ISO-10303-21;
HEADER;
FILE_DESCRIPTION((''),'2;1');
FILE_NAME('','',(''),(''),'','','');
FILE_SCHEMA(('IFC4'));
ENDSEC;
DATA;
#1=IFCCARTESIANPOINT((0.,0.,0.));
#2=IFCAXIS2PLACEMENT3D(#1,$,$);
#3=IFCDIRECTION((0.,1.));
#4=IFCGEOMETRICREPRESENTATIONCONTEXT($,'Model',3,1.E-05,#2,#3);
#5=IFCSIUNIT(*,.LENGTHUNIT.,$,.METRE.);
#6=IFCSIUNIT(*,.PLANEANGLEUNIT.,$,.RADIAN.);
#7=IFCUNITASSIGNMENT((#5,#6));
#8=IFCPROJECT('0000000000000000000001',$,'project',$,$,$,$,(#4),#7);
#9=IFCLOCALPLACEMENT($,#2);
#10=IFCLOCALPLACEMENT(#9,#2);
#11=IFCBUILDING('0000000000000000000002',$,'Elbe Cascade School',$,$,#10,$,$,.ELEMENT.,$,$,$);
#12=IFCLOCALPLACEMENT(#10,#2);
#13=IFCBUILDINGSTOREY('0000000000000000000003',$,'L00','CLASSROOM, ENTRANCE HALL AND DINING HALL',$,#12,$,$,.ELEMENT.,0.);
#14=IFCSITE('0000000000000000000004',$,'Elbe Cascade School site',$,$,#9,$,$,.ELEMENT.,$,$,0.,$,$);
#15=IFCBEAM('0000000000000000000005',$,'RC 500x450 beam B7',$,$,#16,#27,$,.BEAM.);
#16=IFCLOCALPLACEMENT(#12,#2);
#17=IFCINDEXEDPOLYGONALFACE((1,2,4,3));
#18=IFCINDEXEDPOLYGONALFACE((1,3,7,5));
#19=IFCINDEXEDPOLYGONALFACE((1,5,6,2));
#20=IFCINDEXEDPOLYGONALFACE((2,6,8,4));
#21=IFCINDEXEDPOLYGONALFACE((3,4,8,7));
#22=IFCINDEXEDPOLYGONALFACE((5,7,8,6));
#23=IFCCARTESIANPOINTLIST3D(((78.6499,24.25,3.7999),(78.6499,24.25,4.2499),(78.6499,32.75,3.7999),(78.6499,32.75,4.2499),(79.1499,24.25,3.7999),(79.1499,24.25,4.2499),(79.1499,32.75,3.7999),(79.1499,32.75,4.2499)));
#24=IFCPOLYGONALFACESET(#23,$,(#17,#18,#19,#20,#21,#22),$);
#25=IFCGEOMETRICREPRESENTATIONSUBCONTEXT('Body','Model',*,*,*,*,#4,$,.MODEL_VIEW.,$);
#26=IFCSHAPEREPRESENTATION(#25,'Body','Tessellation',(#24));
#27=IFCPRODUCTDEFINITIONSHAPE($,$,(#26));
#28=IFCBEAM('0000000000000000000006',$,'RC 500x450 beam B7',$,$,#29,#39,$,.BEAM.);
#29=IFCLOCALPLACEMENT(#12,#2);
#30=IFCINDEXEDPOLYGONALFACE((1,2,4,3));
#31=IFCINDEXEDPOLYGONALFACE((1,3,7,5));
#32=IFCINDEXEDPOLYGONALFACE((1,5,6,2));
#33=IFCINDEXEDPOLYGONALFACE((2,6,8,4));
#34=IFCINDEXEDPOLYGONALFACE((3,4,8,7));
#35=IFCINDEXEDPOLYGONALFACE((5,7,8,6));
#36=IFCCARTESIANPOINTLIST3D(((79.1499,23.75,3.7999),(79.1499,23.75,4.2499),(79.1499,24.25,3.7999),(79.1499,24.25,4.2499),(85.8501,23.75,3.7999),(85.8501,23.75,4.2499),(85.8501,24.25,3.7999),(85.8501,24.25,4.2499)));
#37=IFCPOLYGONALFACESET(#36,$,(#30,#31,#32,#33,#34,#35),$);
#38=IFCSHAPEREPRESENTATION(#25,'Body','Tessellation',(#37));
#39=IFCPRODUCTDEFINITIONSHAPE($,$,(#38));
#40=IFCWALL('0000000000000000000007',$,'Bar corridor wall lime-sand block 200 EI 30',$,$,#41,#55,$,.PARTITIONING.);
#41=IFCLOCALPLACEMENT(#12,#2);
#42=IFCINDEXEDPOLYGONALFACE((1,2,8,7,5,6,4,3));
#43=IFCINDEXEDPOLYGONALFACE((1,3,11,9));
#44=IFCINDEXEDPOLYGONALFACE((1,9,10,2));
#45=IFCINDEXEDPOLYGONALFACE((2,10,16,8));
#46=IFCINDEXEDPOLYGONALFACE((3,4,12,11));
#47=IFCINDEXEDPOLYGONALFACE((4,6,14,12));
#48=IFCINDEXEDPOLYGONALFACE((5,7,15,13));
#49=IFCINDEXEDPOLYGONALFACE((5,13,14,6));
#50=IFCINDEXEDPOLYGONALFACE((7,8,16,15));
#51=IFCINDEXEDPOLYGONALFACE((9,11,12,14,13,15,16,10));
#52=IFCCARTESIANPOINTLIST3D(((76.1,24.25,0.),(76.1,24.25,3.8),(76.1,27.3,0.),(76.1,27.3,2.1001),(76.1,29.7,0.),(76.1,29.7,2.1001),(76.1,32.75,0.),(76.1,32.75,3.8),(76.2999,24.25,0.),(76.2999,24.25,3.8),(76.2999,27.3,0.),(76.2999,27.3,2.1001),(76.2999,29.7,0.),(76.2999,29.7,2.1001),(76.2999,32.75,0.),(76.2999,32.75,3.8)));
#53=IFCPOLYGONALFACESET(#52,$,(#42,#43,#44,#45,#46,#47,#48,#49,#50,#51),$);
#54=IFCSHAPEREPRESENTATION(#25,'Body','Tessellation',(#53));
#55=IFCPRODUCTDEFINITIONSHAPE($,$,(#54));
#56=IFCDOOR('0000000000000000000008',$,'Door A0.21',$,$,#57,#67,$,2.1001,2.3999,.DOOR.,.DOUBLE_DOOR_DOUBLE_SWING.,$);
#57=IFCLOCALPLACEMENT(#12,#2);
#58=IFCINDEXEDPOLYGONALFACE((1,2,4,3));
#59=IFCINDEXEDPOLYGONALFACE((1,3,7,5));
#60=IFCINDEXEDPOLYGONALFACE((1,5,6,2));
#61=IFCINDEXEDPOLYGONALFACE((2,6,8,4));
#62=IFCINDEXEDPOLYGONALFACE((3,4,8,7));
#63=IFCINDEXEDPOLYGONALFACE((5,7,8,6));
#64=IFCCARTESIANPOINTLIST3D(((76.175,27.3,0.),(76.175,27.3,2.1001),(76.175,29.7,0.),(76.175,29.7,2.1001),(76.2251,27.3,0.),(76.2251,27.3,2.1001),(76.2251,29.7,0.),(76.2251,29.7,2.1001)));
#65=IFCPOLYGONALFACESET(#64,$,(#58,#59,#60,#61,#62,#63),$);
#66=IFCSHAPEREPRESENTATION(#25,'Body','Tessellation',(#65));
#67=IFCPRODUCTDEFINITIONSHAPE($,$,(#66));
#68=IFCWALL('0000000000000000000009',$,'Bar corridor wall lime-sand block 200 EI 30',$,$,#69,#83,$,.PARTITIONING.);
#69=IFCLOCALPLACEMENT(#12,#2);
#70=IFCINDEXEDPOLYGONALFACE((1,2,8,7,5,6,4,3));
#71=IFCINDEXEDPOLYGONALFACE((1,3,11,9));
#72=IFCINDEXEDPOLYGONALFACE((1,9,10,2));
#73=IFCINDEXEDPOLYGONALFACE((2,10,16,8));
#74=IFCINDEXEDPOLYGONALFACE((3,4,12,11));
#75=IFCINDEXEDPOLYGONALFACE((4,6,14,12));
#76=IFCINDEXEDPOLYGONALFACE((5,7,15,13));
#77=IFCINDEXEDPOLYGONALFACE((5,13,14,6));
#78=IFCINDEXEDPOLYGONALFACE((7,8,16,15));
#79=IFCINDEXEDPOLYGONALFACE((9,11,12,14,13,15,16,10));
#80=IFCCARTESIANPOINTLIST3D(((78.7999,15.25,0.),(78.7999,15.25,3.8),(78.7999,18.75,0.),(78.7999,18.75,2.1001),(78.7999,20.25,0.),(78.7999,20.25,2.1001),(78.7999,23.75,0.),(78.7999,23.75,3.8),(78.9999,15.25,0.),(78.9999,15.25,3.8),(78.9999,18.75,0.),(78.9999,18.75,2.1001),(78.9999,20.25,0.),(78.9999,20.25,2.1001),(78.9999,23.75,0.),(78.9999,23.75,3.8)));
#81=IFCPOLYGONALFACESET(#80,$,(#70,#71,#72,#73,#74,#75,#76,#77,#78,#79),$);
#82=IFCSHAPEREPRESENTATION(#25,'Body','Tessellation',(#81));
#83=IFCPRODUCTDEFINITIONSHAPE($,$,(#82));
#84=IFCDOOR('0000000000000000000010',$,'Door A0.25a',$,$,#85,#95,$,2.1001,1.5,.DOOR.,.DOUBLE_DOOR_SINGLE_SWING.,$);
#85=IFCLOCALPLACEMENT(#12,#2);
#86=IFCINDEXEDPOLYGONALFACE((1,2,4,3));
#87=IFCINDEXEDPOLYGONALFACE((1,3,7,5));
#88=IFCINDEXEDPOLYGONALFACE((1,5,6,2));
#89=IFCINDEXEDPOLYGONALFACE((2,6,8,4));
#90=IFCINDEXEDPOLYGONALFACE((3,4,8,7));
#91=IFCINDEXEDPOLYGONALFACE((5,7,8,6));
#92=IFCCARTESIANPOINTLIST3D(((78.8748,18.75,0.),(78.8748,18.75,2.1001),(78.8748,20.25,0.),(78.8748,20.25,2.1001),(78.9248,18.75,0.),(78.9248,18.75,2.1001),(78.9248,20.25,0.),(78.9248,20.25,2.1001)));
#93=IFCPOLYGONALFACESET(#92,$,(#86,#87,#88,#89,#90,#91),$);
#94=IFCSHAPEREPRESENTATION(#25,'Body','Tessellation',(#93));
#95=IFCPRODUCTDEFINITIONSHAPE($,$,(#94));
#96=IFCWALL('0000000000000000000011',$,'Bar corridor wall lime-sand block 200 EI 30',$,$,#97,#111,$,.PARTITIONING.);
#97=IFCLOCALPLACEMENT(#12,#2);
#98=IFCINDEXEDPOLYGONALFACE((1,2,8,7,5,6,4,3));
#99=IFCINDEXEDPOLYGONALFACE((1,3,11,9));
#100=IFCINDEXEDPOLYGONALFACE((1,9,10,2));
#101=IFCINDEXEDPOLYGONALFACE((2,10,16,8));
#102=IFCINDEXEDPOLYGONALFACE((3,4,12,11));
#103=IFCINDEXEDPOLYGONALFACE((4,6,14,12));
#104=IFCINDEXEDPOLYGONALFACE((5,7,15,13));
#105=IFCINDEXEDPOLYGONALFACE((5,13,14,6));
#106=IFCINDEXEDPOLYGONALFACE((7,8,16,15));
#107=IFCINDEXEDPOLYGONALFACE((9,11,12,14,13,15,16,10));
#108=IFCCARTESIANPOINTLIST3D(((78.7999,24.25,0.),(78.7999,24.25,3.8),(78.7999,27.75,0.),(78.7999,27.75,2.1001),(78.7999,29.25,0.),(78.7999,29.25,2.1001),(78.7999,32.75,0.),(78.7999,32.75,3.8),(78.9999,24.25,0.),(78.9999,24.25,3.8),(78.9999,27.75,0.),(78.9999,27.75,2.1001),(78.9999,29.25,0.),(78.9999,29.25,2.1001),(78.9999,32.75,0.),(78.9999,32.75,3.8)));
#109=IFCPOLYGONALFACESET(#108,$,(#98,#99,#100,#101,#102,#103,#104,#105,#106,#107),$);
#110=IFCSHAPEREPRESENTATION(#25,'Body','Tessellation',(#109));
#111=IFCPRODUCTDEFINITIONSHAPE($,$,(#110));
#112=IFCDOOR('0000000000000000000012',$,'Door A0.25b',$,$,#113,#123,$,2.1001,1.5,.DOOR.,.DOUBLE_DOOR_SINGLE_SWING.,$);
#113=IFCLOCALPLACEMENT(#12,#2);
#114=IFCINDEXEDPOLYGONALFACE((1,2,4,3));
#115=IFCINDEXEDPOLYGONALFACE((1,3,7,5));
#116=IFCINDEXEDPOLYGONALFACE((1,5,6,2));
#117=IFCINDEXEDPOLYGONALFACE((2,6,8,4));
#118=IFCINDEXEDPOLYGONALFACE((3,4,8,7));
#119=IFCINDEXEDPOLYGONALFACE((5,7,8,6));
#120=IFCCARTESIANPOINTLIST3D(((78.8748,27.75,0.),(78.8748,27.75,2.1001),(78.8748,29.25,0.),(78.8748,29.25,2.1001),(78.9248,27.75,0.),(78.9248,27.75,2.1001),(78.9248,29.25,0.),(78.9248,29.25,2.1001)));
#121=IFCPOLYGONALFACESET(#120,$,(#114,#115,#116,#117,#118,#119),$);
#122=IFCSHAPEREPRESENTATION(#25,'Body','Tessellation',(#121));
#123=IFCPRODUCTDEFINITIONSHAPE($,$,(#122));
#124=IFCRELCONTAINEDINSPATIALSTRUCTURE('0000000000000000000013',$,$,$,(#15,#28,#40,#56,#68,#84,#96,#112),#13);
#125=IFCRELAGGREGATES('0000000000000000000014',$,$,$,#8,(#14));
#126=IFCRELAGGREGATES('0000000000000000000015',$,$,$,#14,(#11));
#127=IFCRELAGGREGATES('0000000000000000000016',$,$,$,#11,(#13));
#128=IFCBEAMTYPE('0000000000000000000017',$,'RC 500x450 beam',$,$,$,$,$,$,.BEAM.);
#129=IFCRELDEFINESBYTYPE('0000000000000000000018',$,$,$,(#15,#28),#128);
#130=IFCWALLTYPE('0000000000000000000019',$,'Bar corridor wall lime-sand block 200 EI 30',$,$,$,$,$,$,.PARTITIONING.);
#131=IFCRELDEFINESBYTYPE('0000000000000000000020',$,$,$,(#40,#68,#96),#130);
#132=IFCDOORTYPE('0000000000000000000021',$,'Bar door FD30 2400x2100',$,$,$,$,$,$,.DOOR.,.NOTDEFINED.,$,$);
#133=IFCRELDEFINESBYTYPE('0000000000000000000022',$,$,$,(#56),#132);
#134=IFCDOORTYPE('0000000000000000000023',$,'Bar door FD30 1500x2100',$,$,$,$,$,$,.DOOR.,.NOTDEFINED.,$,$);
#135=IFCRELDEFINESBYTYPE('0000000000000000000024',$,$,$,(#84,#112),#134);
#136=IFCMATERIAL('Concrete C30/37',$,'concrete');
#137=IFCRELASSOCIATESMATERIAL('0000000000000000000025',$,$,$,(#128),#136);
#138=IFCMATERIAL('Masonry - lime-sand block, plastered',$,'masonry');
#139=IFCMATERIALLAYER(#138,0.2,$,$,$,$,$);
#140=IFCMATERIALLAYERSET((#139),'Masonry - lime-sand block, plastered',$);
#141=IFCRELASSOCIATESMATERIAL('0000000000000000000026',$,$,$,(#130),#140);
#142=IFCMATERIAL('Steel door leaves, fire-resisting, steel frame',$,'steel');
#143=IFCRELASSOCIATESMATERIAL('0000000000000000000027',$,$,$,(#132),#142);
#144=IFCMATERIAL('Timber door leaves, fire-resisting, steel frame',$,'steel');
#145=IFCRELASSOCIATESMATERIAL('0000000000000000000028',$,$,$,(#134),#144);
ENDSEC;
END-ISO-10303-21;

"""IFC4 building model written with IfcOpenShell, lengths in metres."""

from ifc_helpers import new_model, si_unit, direction, frame, frame_2d, origin, origin_2d, place, context, subcontext, project, spatial, rectangle, extrude, material, layer, layer_set, material_profile, profile_set, type_object, element, fill, save


model = new_model("IFC4")

# Units and contexts
model_context = context("Model", 3, precision=1e-05, world=origin(), true_north=direction((0.0, 1.0)))
body_context = subcontext(model_context, "Body", "Model", "MODEL_VIEW")
ifc_project = project(units=[si_unit("LENGTHUNIT", "METRE"), si_unit("PLANEANGLEUNIT", "RADIAN")], contexts=[model_context])

# Site, building, storey
site_placement = place(None, origin())
site = spatial("IfcSite", under=ifc_project, at=site_placement, Name="Elbe Cascade School site", CompositionType="ELEMENT", RefElevation=0.0)
building_placement = place(site_placement, origin())
building = spatial("IfcBuilding", under=site, at=building_placement, Name="Elbe Cascade School", CompositionType="ELEMENT")
storey_placement = place(building_placement, origin())
storey = spatial("IfcBuildingStorey", under=building, at=storey_placement, Name="L00", Description="CLASSROOM, ENTRANCE HALL AND DINING HALL", CompositionType="ELEMENT", Elevation=0.0)

# Beams
ifc_material_1 = material(Name="Concrete C30/37", Category="concrete")
ifc_material_profile_1 = material_profile(ifc_material_1, rectangle(XDim=0.5, YDim=0.45, at=origin_2d()), Name="RC 500x450")
ifc_profile_set_1 = profile_set([ifc_material_profile_1], Name="Concrete C30/37")
beam_type_1 = type_object("IfcBeamType", Name="RC 500x450 beam", PredefinedType="BEAM", material=ifc_profile_set_1)
for number, where, z_axis, x_axis, name in (
    (1, (78.8999, 24.25, 4.0249), (0.0, 1.0, 0.0), (-1.0, 0.0, 0.0), "RC 500x450 beam B7"),
):
    element("IfcBeam", number, at=place(storey_placement, frame(where, z_axis=z_axis, x_axis=x_axis)), inside=storey, type_object=beam_type_1, Name=name, PredefinedType="BEAM", context=body_context, shape_type="SweptSolid", body=[
        extrude(rectangle(XDim=0.5, YDim=0.45, at=origin_2d()), origin(), (0.0, 0.0, 1.0), 8.5),
    ])
beam_1_placement = place(storey_placement, frame((79.1499, 24.0, 4.0249), z_axis=(1.0, 0.0, 0.0), x_axis=(0.0, 1.0, 0.0)))
element("IfcBeam", 2, at=beam_1_placement, inside=storey, type_object=beam_type_1, Name="RC 500x450 beam B7", PredefinedType="BEAM", context=body_context, shape_type="SweptSolid", body=[
    extrude(rectangle(XDim=0.5, YDim=0.45, at=origin_2d()), origin(), (0.0, 0.0, 1.0), 6.7002),
])

# Walls, openings, doors
ifc_material_2 = material(Name="Masonry - lime-sand block, plastered", Category="masonry")
ifc_layer = layer(ifc_material_2, 0.2)
ifc_layer_set = layer_set([ifc_layer], Name="Masonry - lime-sand block, plastered")
wall_type = type_object("IfcWallType", Name="Bar corridor wall lime-sand block 200 EI 30", PredefinedType="PARTITIONING", material=ifc_layer_set)
wall_1_placement = place(storey_placement, frame((76.2, 24.25, 0.0), z_axis=(0.0, 0.0, 1.0), x_axis=(0.0, 1.0, 0.0)))
wall_1 = element("IfcWall", 3, at=wall_1_placement, inside=storey, type_object=wall_type, Name="Bar corridor wall lime-sand block 200 EI 30", PredefinedType="PARTITIONING", context=body_context, shape_type="SweptSolid", body=[
    extrude(rectangle(XDim=8.5, YDim=0.2, at=frame_2d((4.25, 0.0))), origin(), (0.0, 0.0, 1.0), 3.8),
])
opening_1_placement = place(wall_1_placement, frame((3.05, 0.0, 0.0)))
opening_1 = element("IfcOpeningElement", 4, at=opening_1_placement, cuts=wall_1, PredefinedType="OPENING", context=body_context, shape_type="SweptSolid", body=[
    extrude(rectangle(XDim=2.3999, YDim=2.1001, at=frame_2d((1.2, 1.05))), frame((0.0, 0.1099, 0.0), z_axis=(0.0, -1.0, 0.0), x_axis=(1.0, 0.0, 0.0)), (0.0, 0.0, 1.0), 0.22),
])
ifc_material_3 = material(Name="Steel door leaves, fire-resisting, steel frame", Category="steel")
door_type_1 = type_object("IfcDoorType", Name="Bar door FD30 2400x2100", OperationType="NOTDEFINED", PredefinedType="DOOR", material=ifc_material_3)
door_1_placement = place(opening_1_placement, origin())
door_1 = element("IfcDoor", 5, at=door_1_placement, inside=storey, type_object=door_type_1, Name="Door A0.21", OperationType="DOUBLE_DOOR_DOUBLE_SWING", OverallHeight=2.1001, OverallWidth=2.3999, PredefinedType="DOOR", context=body_context, shape_type="SweptSolid", body=[
    extrude(rectangle(XDim=2.3999, YDim=2.1001, at=frame_2d((1.2, 1.05))), frame((0.0, 0.0249, 0.0), z_axis=(0.0, -1.0, 0.0), x_axis=(1.0, 0.0, 0.0)), (0.0, 0.0, 1.0), 0.05),
])
fill(opening_1, door_1)
wall_2_placement = place(storey_placement, frame((78.8999, 23.75, 0.0), z_axis=(0.0, 0.0, 1.0), x_axis=(0.0, -1.0, 0.0)))
wall_2 = element("IfcWall", 6, at=wall_2_placement, inside=storey, type_object=wall_type, Name="Bar corridor wall lime-sand block 200 EI 30", PredefinedType="PARTITIONING", context=body_context, shape_type="SweptSolid", body=[
    extrude(rectangle(XDim=8.5, YDim=0.2, at=frame_2d((4.25, 0.0))), origin(), (0.0, 0.0, 1.0), 3.8),
])
opening_2_placement = place(wall_2_placement, frame((3.5, 0.0, 0.0)))
opening_2 = element("IfcOpeningElement", 7, at=opening_2_placement, cuts=wall_2, PredefinedType="OPENING", context=body_context, shape_type="SweptSolid", body=[
    extrude(rectangle(XDim=1.5, YDim=2.1001, at=frame_2d((0.75, 1.05))), frame((0.0, 0.1099, 0.0), z_axis=(0.0, -1.0, 0.0), x_axis=(1.0, 0.0, 0.0)), (0.0, 0.0, 1.0), 0.22),
])
ifc_material_4 = material(Name="Timber door leaves, fire-resisting, steel frame", Category="steel")
door_type_2 = type_object("IfcDoorType", Name="Bar door FD30 1500x2100", OperationType="NOTDEFINED", PredefinedType="DOOR", material=ifc_material_4)
door_2_placement = place(opening_2_placement, origin())
door_2 = element("IfcDoor", 8, at=door_2_placement, inside=storey, type_object=door_type_2, Name="Door A0.25a", OperationType="DOUBLE_DOOR_SINGLE_SWING", OverallHeight=2.1001, OverallWidth=1.5, PredefinedType="DOOR", context=body_context, shape_type="SweptSolid", body=[
    extrude(rectangle(XDim=1.5, YDim=2.1001, at=frame_2d((0.75, 1.05))), frame((0.0, 0.0249, 0.0), z_axis=(0.0, -1.0, 0.0), x_axis=(1.0, 0.0, 0.0)), (0.0, 0.0, 1.0), 0.05),
])
fill(opening_2, door_2)
wall_3_placement = place(storey_placement, frame((78.8999, 32.75, 0.0), z_axis=(0.0, 0.0, 1.0), x_axis=(0.0, -1.0, 0.0)))
wall_3 = element("IfcWall", 9, at=wall_3_placement, inside=storey, type_object=wall_type, Name="Bar corridor wall lime-sand block 200 EI 30", PredefinedType="PARTITIONING", context=body_context, shape_type="SweptSolid", body=[
    extrude(rectangle(XDim=8.5, YDim=0.2, at=frame_2d((4.25, 0.0))), origin(), (0.0, 0.0, 1.0), 3.8),
])
opening_3_placement = place(wall_3_placement, frame((3.5, 0.0, 0.0)))
opening_3 = element("IfcOpeningElement", 10, at=opening_3_placement, cuts=wall_3, PredefinedType="OPENING", context=body_context, shape_type="SweptSolid", body=[
    extrude(rectangle(XDim=1.5, YDim=2.1001, at=frame_2d((0.75, 1.05))), frame((0.0, 0.1099, 0.0), z_axis=(0.0, -1.0, 0.0), x_axis=(1.0, 0.0, 0.0)), (0.0, 0.0, 1.0), 0.22),
])
door_3_placement = place(opening_3_placement, origin())
door_3 = element("IfcDoor", 11, at=door_3_placement, inside=storey, type_object=door_type_2, Name="Door A0.25b", OperationType="DOUBLE_DOOR_SINGLE_SWING", OverallHeight=2.1001, OverallWidth=1.5, PredefinedType="DOOR", context=body_context, shape_type="SweptSolid", body=[
    extrude(rectangle(XDim=1.5, YDim=2.1001, at=frame_2d((0.75, 1.05))), frame((0.0, 0.0249, 0.0), z_axis=(0.0, -1.0, 0.0), x_axis=(1.0, 0.0, 0.0)), (0.0, 0.0, 1.0), 0.05),
])
fill(opening_3, door_3)

save(model, "model.ifc")
